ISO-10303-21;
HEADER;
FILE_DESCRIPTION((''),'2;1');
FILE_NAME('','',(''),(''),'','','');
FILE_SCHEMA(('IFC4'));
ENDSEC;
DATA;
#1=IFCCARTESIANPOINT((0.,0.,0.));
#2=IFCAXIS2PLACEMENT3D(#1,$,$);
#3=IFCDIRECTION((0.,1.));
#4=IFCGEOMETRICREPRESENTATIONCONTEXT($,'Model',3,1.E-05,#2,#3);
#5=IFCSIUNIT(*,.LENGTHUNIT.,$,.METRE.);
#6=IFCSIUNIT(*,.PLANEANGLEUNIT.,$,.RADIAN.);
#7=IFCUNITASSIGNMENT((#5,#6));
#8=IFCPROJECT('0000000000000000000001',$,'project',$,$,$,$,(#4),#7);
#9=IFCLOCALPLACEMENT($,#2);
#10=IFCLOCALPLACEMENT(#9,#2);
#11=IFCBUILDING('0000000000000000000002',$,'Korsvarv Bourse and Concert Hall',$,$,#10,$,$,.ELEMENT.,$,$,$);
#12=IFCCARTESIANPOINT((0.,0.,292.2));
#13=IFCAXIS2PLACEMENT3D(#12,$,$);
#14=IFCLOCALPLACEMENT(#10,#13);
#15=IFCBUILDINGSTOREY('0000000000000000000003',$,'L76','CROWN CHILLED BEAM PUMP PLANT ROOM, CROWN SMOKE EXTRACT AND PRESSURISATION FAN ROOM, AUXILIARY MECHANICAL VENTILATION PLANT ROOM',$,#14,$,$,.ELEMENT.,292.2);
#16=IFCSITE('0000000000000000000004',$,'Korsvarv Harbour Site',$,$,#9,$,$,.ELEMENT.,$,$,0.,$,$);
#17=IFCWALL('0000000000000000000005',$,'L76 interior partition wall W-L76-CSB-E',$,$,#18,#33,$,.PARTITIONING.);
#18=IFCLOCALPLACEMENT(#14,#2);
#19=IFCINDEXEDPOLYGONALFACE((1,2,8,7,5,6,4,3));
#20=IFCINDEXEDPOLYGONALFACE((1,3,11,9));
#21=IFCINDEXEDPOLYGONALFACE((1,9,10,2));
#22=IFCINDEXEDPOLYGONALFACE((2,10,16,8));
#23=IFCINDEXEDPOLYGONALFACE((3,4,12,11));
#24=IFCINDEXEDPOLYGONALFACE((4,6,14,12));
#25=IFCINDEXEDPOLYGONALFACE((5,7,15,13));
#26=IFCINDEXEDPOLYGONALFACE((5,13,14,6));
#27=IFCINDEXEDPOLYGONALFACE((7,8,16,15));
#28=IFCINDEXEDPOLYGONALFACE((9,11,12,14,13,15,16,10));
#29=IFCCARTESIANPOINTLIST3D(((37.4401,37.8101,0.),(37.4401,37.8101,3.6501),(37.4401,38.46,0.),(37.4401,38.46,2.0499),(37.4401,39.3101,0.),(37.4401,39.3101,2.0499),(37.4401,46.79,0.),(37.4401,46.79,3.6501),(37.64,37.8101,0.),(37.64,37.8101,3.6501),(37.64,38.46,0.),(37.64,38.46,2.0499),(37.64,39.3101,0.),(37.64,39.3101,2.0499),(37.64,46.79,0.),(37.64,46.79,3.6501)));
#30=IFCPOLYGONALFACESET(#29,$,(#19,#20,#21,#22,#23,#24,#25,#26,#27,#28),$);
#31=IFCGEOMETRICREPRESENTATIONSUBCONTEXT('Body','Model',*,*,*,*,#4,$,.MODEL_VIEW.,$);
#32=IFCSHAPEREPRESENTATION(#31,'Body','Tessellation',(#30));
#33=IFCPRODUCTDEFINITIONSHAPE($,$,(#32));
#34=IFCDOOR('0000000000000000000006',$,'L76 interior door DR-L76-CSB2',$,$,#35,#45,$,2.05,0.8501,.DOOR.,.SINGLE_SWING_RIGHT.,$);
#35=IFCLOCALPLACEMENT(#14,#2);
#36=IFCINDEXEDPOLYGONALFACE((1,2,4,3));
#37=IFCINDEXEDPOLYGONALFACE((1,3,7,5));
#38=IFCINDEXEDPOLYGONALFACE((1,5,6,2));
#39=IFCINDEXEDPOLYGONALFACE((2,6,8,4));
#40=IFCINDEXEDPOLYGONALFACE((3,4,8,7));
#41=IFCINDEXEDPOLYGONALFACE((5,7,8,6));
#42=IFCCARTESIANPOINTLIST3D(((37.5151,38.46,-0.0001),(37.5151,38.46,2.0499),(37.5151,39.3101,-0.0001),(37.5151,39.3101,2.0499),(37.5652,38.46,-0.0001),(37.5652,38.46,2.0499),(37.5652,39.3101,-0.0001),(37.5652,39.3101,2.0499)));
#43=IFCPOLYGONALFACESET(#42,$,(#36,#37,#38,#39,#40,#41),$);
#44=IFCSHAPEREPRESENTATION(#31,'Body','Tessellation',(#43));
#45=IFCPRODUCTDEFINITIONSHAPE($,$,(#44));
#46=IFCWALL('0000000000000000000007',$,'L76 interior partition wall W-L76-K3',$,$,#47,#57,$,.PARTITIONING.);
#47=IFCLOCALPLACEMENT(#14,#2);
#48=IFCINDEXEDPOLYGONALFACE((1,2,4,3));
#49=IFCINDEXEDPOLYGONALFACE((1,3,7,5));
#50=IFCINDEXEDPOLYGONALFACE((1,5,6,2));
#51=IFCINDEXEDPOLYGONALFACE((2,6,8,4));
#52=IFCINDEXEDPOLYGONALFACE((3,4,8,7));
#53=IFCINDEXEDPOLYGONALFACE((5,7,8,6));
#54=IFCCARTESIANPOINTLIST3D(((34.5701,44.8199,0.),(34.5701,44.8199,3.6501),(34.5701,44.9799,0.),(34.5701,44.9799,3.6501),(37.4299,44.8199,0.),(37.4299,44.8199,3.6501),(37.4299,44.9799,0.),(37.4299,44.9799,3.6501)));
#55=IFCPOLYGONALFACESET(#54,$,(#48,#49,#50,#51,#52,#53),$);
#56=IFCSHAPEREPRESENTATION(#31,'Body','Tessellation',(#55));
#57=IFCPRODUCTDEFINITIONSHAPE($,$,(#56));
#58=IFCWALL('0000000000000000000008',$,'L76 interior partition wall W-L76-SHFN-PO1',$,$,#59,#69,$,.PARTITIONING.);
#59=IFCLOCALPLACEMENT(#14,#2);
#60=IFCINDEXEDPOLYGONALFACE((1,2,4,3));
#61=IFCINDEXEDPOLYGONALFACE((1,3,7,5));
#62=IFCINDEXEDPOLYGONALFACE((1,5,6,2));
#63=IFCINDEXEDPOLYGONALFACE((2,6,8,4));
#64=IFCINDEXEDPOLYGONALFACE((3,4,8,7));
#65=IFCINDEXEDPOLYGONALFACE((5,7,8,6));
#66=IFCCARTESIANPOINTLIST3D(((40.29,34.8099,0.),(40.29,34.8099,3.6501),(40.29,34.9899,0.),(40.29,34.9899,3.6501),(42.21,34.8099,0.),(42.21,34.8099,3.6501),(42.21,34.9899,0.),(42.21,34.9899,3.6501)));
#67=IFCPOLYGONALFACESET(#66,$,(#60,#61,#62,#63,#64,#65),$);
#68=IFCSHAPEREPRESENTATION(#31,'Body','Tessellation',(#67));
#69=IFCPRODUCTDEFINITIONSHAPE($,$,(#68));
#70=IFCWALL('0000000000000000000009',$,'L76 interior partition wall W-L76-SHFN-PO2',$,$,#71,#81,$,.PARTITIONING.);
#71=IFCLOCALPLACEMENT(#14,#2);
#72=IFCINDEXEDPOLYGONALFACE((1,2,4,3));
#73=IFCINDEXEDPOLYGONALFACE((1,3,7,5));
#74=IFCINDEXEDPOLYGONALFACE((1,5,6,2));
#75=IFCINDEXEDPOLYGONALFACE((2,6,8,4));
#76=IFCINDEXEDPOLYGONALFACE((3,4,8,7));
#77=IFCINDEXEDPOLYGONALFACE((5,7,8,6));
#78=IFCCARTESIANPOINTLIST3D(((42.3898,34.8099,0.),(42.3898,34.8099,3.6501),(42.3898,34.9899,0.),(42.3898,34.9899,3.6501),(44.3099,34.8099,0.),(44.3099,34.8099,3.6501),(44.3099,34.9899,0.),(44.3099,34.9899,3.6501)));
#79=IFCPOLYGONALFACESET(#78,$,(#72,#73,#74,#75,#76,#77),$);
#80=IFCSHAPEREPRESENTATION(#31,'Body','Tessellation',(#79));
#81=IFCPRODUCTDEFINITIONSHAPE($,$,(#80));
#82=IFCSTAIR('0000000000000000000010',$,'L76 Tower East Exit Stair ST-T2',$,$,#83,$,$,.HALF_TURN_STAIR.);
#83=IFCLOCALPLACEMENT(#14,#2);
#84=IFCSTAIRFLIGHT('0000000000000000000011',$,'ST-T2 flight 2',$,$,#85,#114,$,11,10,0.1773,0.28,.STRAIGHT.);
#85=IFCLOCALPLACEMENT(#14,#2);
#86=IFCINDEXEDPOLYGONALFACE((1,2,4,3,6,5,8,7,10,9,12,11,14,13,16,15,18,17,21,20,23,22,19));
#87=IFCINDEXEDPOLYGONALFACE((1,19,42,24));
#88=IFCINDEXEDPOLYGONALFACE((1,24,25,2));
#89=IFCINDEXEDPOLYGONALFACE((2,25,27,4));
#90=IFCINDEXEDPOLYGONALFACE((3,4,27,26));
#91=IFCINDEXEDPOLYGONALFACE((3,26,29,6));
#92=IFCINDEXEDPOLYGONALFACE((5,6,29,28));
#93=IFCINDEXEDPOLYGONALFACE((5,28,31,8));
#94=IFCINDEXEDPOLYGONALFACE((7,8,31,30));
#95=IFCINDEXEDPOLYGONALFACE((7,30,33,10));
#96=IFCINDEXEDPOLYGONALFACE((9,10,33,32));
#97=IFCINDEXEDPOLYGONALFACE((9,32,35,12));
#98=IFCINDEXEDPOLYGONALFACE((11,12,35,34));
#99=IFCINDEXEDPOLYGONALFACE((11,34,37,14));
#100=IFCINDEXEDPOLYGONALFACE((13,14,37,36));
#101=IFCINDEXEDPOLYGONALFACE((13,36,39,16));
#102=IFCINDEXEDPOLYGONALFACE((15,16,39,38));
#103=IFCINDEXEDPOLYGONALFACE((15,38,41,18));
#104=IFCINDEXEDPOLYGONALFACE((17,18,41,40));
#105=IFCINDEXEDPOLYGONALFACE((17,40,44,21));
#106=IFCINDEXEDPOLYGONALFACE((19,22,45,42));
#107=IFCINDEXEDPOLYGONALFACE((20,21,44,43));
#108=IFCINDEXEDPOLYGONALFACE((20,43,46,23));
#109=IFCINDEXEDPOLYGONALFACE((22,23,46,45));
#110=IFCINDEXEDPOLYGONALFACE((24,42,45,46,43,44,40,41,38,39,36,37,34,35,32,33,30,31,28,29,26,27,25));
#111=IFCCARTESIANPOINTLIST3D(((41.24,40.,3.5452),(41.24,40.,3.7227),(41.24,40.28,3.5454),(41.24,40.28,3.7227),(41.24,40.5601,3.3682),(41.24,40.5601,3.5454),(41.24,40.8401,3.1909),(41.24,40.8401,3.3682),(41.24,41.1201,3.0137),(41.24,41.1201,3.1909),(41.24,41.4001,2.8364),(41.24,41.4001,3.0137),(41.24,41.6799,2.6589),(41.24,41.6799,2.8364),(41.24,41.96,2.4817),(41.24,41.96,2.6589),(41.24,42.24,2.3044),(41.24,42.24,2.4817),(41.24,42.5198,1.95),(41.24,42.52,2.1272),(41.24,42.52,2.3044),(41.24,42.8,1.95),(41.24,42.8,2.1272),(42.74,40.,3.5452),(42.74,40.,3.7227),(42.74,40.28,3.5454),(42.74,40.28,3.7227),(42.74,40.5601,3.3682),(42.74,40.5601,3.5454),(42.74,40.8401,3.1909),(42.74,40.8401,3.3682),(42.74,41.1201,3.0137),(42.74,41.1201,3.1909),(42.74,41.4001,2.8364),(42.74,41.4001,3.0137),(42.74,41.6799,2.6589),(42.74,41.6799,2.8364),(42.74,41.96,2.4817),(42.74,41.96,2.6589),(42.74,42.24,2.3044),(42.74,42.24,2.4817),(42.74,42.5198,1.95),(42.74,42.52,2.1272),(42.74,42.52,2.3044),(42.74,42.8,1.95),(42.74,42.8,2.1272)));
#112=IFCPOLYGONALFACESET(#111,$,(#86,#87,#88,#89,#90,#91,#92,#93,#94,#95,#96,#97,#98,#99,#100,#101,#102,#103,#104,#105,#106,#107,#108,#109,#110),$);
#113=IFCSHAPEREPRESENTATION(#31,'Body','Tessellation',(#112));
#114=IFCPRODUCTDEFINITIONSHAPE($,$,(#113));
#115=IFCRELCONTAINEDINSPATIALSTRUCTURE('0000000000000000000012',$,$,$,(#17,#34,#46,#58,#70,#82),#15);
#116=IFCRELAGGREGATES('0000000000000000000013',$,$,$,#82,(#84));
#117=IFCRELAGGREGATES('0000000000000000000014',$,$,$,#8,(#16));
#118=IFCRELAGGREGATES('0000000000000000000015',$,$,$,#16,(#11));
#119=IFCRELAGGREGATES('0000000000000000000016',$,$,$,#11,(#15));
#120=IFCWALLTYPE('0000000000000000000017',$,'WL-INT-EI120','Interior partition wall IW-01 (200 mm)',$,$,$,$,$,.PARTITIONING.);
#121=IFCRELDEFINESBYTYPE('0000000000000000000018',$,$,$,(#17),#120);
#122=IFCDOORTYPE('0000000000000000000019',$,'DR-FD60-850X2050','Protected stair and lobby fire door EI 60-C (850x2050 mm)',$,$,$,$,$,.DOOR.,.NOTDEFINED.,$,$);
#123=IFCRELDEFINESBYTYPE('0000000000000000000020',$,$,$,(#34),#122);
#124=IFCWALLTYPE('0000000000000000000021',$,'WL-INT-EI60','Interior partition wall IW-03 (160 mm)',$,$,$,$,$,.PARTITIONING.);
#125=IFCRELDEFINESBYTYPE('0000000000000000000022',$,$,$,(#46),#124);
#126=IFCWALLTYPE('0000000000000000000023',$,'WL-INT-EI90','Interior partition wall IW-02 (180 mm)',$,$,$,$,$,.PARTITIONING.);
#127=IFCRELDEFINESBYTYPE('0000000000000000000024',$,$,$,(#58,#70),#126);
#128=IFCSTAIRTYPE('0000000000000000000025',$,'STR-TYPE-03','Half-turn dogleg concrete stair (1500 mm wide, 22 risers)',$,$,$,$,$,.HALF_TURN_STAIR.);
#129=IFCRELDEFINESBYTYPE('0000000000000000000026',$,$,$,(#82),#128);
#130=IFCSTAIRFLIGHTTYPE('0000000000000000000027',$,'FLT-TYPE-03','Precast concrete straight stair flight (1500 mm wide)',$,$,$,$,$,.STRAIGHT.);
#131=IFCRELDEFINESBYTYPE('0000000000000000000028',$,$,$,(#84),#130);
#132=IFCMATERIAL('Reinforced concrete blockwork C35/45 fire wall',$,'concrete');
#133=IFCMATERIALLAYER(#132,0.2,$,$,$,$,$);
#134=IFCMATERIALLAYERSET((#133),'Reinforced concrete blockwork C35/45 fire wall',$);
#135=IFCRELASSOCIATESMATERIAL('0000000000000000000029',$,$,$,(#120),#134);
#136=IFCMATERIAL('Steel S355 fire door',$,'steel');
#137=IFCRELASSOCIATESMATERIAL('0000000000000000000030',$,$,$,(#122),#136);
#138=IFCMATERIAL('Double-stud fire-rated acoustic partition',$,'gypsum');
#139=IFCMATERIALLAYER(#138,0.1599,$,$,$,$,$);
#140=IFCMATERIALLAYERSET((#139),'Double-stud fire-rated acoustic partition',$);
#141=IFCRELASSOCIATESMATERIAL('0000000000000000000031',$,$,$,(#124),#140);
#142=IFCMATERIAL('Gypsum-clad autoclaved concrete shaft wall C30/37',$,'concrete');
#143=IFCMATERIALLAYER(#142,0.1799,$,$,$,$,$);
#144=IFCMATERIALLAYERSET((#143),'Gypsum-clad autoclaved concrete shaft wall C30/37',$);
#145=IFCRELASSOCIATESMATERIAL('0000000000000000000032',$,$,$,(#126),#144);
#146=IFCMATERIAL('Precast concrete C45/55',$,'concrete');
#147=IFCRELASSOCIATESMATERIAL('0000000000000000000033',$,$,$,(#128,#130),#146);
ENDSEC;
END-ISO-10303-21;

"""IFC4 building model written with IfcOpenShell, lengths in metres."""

from ifc_helpers import new_model, si_unit, direction, frame, frame_2d, origin, place, context, subcontext, project, spatial, polyline, rectangle, outline, extrude, material, layer, layer_set, type_object, element, fill, aggregate, save


model = new_model("IFC4")

# Units and contexts
model_context = context("Model", 3, precision=1e-05, world=origin(), true_north=direction((0.0, 1.0)))
body_context = subcontext(model_context, "Body", "Model", "MODEL_VIEW")
ifc_project = project(units=[si_unit("LENGTHUNIT", "METRE"), si_unit("PLANEANGLEUNIT", "RADIAN")], contexts=[model_context])

# Site, building, storey
site_placement = place(None, origin())
site = spatial("IfcSite", under=ifc_project, at=site_placement, Name="Korsvarv Harbour Site", CompositionType="ELEMENT", RefElevation=0.0)
building_placement = place(site_placement, origin())
building = spatial("IfcBuilding", under=site, at=building_placement, Name="Korsvarv Bourse and Concert Hall", CompositionType="ELEMENT")
storey_placement = place(building_placement, frame((0.0, 0.0, 292.2)))
storey = spatial("IfcBuildingStorey", under=building, at=storey_placement, Name="L76", Description="CROWN CHILLED BEAM PUMP PLANT ROOM, CROWN SMOKE EXTRACT AND PRESSURISATION FAN ROOM, AUXILIARY MECHANICAL VENTILATION PLANT ROOM", CompositionType="ELEMENT", Elevation=292.2)

# Shared definitions
ifc_material_1 = material(Name="Steel S355 fire door", Category="steel")

# Wall, opening, door
ifc_material_2 = material(Name="Reinforced concrete blockwork C35/45 fire wall", Category="concrete")
ifc_layer_1 = layer(ifc_material_2, 0.2)
ifc_layer_set_1 = layer_set([ifc_layer_1], Name="Reinforced concrete blockwork C35/45 fire wall")
wall_type_1 = type_object("IfcWallType", Name="WL-INT-EI120", Description="Interior partition wall IW-01 (200 mm)", PredefinedType="PARTITIONING", material=ifc_layer_set_1)
wall_1_placement = place(storey_placement, frame((37.54, 37.8101, 0.0), z_axis=(0.0, 0.0, 1.0), x_axis=(0.0, 1.0, 0.0)))
wall_1 = element("IfcWall", 1, at=wall_1_placement, inside=storey, type_object=wall_type_1, Name="L76 interior partition wall W-L76-CSB-E", PredefinedType="PARTITIONING", context=body_context, shape_type="SweptSolid", body=[
    extrude(rectangle(XDim=8.98, YDim=0.2, at=frame_2d((4.49, 0.0))), origin(), (0.0, 0.0, 1.0), 3.6501),
])
opening_1_placement = place(wall_1_placement, frame((0.6499, 0.0, 0.0)))
opening_1 = element("IfcOpeningElement", 2, at=opening_1_placement, cuts=wall_1, PredefinedType="OPENING", context=body_context, shape_type="SweptSolid", body=[
    extrude(rectangle(XDim=0.8501, YDim=2.05, at=frame_2d((0.425, 1.0249))), frame((0.0, 0.1099, 0.0), z_axis=(0.0, -1.0, 0.0), x_axis=(1.0, 0.0, 0.0)), (0.0, 0.0, 1.0), 0.22),
])
door_type_1 = type_object("IfcDoorType", Name="DR-FD60-850X2050", Description="Protected stair and lobby fire door EI 60-C (850x2050 mm)", OperationType="NOTDEFINED", PredefinedType="DOOR", material=ifc_material_1)
door_1_placement = place(opening_1_placement, origin())
door_1 = element("IfcDoor", 3, at=door_1_placement, inside=storey, type_object=door_type_1, Name="L76 interior door DR-L76-CSB2", OperationType="SINGLE_SWING_RIGHT", OverallHeight=2.05, OverallWidth=0.8501, PredefinedType="DOOR", context=body_context, shape_type="SweptSolid", body=[
    extrude(rectangle(XDim=0.8501, YDim=2.05, at=frame_2d((0.425, 1.0249))), frame((0.0, 0.0249, 0.0), z_axis=(0.0, -1.0, 0.0), x_axis=(1.0, 0.0, 0.0)), (0.0, 0.0, 1.0), 0.05),
])
fill(opening_1, door_1)

# Walls
ifc_material_3 = material(Name="Double-stud fire-rated acoustic partition", Category="gypsum")
ifc_layer_2 = layer(ifc_material_3, 0.1599)
ifc_layer_set_2 = layer_set([ifc_layer_2], Name="Double-stud fire-rated acoustic partition")
wall_type_2 = type_object("IfcWallType", Name="WL-INT-EI60", Description="Interior partition wall IW-03 (160 mm)", PredefinedType="PARTITIONING", material=ifc_layer_set_2)
wall_2_placement = place(storey_placement, frame((34.5701, 44.8999, 0.0), z_axis=(0.0, 0.0, 1.0), x_axis=(1.0, 0.0, 0.0)))
element("IfcWall", 4, at=wall_2_placement, inside=storey, type_object=wall_type_2, Name="L76 interior partition wall W-L76-K3", PredefinedType="PARTITIONING", context=body_context, shape_type="SweptSolid", body=[
    extrude(rectangle(XDim=2.8599, YDim=0.1599, at=frame_2d((1.4299, 0.0))), origin(), (0.0, 0.0, 1.0), 3.6501),
])
ifc_material_4 = material(Name="Gypsum-clad autoclaved concrete shaft wall C30/37", Category="concrete")
ifc_layer_3 = layer(ifc_material_4, 0.1799)
ifc_layer_set_3 = layer_set([ifc_layer_3], Name="Gypsum-clad autoclaved concrete shaft wall C30/37")
wall_type_3 = type_object("IfcWallType", Name="WL-INT-EI90", Description="Interior partition wall IW-02 (180 mm)", PredefinedType="PARTITIONING", material=ifc_layer_set_3)
wall_3_placement = place(storey_placement, frame((40.29, 34.8999, 0.0), z_axis=(0.0, 0.0, 1.0), x_axis=(1.0, 0.0, 0.0)))
element("IfcWall", 5, at=wall_3_placement, inside=storey, type_object=wall_type_3, Name="L76 interior partition wall W-L76-SHFN-PO1", PredefinedType="PARTITIONING", context=body_context, shape_type="SweptSolid", body=[
    extrude(rectangle(XDim=1.9199, YDim=0.1799, at=frame_2d((0.96, 0.0))), origin(), (0.0, 0.0, 1.0), 3.6501),
])
wall_4_placement = place(storey_placement, frame((42.3899, 34.8999, 0.0), z_axis=(0.0, 0.0, 1.0), x_axis=(1.0, 0.0, 0.0)))
element("IfcWall", 6, at=wall_4_placement, inside=storey, type_object=wall_type_3, Name="L76 interior partition wall W-L76-SHFN-PO2", PredefinedType="PARTITIONING", context=body_context, shape_type="SweptSolid", body=[
    extrude(rectangle(XDim=1.9202, YDim=0.1799, at=frame_2d((0.96, 0.0))), origin(), (0.0, 0.0, 1.0), 3.6501),
])

# Stair, stair flight
ifc_material_5 = material(Name="Precast concrete C45/55", Category="concrete")
stair_type = type_object("IfcStairType", Name="STR-TYPE-03", Description="Half-turn dogleg concrete stair (1500 mm wide, 22 risers)", PredefinedType="HALF_TURN_STAIR", material=ifc_material_5)
stair_placement = place(storey_placement, origin())
stair = element("IfcStair", 7, at=stair_placement, inside=storey, type_object=stair_type, Name="L76 Tower East Exit Stair ST-T2", PredefinedType="HALF_TURN_STAIR")
stair_flight_type = type_object("IfcStairFlightType", Name="FLT-TYPE-03", Description="Precast concrete straight stair flight (1500 mm wide)", PredefinedType="STRAIGHT", material=ifc_material_5)
stair_flight_placement = place(storey_placement, frame((41.99, 42.8, 1.95), z_axis=(0.0, 0.0, 1.0), x_axis=(0.0, -1.0, 0.0)))
stair_flight = element("IfcStairFlight", 8, at=stair_flight_placement, type_object=stair_flight_type, Name="ST-T2 flight 2", NumberOfRisers=11, NumberOfTreads=10, PredefinedType="STRAIGHT", RiserHeight=0.1773, TreadLength=0.28, context=body_context, shape_type="SweptSolid", body=[
    extrude(outline(polyline([(0.0, 0.0), (0.0, 0.1772), (0.28, 0.1772), (0.28, 0.3545), (0.5601, 0.3545), (0.5601, 0.5317), (0.8401, 0.5317), (0.8401, 0.709), (1.1201, 0.709), (1.1201, 0.8865), (1.3999, 0.8865), (1.3999, 1.0637), (1.6799, 1.0637), (1.6799, 1.241), (1.96, 1.241), (1.96, 1.4182), (2.24, 1.4182), (2.24, 1.5955), (2.52, 1.5955), (2.52, 1.7727), (2.8, 1.7727), (2.8, 1.95), (2.8, 1.5952), (0.2803, 0.0), (0.0, 0.0)])), frame((0.0, 0.75, 0.0), z_axis=(0.0, -1.0, 0.0), x_axis=(1.0, 0.0, 0.0)), (0.0, 0.0, 1.0), 1.5),
])
aggregate(stair, [stair_flight])

save(model, "model.ifc")
